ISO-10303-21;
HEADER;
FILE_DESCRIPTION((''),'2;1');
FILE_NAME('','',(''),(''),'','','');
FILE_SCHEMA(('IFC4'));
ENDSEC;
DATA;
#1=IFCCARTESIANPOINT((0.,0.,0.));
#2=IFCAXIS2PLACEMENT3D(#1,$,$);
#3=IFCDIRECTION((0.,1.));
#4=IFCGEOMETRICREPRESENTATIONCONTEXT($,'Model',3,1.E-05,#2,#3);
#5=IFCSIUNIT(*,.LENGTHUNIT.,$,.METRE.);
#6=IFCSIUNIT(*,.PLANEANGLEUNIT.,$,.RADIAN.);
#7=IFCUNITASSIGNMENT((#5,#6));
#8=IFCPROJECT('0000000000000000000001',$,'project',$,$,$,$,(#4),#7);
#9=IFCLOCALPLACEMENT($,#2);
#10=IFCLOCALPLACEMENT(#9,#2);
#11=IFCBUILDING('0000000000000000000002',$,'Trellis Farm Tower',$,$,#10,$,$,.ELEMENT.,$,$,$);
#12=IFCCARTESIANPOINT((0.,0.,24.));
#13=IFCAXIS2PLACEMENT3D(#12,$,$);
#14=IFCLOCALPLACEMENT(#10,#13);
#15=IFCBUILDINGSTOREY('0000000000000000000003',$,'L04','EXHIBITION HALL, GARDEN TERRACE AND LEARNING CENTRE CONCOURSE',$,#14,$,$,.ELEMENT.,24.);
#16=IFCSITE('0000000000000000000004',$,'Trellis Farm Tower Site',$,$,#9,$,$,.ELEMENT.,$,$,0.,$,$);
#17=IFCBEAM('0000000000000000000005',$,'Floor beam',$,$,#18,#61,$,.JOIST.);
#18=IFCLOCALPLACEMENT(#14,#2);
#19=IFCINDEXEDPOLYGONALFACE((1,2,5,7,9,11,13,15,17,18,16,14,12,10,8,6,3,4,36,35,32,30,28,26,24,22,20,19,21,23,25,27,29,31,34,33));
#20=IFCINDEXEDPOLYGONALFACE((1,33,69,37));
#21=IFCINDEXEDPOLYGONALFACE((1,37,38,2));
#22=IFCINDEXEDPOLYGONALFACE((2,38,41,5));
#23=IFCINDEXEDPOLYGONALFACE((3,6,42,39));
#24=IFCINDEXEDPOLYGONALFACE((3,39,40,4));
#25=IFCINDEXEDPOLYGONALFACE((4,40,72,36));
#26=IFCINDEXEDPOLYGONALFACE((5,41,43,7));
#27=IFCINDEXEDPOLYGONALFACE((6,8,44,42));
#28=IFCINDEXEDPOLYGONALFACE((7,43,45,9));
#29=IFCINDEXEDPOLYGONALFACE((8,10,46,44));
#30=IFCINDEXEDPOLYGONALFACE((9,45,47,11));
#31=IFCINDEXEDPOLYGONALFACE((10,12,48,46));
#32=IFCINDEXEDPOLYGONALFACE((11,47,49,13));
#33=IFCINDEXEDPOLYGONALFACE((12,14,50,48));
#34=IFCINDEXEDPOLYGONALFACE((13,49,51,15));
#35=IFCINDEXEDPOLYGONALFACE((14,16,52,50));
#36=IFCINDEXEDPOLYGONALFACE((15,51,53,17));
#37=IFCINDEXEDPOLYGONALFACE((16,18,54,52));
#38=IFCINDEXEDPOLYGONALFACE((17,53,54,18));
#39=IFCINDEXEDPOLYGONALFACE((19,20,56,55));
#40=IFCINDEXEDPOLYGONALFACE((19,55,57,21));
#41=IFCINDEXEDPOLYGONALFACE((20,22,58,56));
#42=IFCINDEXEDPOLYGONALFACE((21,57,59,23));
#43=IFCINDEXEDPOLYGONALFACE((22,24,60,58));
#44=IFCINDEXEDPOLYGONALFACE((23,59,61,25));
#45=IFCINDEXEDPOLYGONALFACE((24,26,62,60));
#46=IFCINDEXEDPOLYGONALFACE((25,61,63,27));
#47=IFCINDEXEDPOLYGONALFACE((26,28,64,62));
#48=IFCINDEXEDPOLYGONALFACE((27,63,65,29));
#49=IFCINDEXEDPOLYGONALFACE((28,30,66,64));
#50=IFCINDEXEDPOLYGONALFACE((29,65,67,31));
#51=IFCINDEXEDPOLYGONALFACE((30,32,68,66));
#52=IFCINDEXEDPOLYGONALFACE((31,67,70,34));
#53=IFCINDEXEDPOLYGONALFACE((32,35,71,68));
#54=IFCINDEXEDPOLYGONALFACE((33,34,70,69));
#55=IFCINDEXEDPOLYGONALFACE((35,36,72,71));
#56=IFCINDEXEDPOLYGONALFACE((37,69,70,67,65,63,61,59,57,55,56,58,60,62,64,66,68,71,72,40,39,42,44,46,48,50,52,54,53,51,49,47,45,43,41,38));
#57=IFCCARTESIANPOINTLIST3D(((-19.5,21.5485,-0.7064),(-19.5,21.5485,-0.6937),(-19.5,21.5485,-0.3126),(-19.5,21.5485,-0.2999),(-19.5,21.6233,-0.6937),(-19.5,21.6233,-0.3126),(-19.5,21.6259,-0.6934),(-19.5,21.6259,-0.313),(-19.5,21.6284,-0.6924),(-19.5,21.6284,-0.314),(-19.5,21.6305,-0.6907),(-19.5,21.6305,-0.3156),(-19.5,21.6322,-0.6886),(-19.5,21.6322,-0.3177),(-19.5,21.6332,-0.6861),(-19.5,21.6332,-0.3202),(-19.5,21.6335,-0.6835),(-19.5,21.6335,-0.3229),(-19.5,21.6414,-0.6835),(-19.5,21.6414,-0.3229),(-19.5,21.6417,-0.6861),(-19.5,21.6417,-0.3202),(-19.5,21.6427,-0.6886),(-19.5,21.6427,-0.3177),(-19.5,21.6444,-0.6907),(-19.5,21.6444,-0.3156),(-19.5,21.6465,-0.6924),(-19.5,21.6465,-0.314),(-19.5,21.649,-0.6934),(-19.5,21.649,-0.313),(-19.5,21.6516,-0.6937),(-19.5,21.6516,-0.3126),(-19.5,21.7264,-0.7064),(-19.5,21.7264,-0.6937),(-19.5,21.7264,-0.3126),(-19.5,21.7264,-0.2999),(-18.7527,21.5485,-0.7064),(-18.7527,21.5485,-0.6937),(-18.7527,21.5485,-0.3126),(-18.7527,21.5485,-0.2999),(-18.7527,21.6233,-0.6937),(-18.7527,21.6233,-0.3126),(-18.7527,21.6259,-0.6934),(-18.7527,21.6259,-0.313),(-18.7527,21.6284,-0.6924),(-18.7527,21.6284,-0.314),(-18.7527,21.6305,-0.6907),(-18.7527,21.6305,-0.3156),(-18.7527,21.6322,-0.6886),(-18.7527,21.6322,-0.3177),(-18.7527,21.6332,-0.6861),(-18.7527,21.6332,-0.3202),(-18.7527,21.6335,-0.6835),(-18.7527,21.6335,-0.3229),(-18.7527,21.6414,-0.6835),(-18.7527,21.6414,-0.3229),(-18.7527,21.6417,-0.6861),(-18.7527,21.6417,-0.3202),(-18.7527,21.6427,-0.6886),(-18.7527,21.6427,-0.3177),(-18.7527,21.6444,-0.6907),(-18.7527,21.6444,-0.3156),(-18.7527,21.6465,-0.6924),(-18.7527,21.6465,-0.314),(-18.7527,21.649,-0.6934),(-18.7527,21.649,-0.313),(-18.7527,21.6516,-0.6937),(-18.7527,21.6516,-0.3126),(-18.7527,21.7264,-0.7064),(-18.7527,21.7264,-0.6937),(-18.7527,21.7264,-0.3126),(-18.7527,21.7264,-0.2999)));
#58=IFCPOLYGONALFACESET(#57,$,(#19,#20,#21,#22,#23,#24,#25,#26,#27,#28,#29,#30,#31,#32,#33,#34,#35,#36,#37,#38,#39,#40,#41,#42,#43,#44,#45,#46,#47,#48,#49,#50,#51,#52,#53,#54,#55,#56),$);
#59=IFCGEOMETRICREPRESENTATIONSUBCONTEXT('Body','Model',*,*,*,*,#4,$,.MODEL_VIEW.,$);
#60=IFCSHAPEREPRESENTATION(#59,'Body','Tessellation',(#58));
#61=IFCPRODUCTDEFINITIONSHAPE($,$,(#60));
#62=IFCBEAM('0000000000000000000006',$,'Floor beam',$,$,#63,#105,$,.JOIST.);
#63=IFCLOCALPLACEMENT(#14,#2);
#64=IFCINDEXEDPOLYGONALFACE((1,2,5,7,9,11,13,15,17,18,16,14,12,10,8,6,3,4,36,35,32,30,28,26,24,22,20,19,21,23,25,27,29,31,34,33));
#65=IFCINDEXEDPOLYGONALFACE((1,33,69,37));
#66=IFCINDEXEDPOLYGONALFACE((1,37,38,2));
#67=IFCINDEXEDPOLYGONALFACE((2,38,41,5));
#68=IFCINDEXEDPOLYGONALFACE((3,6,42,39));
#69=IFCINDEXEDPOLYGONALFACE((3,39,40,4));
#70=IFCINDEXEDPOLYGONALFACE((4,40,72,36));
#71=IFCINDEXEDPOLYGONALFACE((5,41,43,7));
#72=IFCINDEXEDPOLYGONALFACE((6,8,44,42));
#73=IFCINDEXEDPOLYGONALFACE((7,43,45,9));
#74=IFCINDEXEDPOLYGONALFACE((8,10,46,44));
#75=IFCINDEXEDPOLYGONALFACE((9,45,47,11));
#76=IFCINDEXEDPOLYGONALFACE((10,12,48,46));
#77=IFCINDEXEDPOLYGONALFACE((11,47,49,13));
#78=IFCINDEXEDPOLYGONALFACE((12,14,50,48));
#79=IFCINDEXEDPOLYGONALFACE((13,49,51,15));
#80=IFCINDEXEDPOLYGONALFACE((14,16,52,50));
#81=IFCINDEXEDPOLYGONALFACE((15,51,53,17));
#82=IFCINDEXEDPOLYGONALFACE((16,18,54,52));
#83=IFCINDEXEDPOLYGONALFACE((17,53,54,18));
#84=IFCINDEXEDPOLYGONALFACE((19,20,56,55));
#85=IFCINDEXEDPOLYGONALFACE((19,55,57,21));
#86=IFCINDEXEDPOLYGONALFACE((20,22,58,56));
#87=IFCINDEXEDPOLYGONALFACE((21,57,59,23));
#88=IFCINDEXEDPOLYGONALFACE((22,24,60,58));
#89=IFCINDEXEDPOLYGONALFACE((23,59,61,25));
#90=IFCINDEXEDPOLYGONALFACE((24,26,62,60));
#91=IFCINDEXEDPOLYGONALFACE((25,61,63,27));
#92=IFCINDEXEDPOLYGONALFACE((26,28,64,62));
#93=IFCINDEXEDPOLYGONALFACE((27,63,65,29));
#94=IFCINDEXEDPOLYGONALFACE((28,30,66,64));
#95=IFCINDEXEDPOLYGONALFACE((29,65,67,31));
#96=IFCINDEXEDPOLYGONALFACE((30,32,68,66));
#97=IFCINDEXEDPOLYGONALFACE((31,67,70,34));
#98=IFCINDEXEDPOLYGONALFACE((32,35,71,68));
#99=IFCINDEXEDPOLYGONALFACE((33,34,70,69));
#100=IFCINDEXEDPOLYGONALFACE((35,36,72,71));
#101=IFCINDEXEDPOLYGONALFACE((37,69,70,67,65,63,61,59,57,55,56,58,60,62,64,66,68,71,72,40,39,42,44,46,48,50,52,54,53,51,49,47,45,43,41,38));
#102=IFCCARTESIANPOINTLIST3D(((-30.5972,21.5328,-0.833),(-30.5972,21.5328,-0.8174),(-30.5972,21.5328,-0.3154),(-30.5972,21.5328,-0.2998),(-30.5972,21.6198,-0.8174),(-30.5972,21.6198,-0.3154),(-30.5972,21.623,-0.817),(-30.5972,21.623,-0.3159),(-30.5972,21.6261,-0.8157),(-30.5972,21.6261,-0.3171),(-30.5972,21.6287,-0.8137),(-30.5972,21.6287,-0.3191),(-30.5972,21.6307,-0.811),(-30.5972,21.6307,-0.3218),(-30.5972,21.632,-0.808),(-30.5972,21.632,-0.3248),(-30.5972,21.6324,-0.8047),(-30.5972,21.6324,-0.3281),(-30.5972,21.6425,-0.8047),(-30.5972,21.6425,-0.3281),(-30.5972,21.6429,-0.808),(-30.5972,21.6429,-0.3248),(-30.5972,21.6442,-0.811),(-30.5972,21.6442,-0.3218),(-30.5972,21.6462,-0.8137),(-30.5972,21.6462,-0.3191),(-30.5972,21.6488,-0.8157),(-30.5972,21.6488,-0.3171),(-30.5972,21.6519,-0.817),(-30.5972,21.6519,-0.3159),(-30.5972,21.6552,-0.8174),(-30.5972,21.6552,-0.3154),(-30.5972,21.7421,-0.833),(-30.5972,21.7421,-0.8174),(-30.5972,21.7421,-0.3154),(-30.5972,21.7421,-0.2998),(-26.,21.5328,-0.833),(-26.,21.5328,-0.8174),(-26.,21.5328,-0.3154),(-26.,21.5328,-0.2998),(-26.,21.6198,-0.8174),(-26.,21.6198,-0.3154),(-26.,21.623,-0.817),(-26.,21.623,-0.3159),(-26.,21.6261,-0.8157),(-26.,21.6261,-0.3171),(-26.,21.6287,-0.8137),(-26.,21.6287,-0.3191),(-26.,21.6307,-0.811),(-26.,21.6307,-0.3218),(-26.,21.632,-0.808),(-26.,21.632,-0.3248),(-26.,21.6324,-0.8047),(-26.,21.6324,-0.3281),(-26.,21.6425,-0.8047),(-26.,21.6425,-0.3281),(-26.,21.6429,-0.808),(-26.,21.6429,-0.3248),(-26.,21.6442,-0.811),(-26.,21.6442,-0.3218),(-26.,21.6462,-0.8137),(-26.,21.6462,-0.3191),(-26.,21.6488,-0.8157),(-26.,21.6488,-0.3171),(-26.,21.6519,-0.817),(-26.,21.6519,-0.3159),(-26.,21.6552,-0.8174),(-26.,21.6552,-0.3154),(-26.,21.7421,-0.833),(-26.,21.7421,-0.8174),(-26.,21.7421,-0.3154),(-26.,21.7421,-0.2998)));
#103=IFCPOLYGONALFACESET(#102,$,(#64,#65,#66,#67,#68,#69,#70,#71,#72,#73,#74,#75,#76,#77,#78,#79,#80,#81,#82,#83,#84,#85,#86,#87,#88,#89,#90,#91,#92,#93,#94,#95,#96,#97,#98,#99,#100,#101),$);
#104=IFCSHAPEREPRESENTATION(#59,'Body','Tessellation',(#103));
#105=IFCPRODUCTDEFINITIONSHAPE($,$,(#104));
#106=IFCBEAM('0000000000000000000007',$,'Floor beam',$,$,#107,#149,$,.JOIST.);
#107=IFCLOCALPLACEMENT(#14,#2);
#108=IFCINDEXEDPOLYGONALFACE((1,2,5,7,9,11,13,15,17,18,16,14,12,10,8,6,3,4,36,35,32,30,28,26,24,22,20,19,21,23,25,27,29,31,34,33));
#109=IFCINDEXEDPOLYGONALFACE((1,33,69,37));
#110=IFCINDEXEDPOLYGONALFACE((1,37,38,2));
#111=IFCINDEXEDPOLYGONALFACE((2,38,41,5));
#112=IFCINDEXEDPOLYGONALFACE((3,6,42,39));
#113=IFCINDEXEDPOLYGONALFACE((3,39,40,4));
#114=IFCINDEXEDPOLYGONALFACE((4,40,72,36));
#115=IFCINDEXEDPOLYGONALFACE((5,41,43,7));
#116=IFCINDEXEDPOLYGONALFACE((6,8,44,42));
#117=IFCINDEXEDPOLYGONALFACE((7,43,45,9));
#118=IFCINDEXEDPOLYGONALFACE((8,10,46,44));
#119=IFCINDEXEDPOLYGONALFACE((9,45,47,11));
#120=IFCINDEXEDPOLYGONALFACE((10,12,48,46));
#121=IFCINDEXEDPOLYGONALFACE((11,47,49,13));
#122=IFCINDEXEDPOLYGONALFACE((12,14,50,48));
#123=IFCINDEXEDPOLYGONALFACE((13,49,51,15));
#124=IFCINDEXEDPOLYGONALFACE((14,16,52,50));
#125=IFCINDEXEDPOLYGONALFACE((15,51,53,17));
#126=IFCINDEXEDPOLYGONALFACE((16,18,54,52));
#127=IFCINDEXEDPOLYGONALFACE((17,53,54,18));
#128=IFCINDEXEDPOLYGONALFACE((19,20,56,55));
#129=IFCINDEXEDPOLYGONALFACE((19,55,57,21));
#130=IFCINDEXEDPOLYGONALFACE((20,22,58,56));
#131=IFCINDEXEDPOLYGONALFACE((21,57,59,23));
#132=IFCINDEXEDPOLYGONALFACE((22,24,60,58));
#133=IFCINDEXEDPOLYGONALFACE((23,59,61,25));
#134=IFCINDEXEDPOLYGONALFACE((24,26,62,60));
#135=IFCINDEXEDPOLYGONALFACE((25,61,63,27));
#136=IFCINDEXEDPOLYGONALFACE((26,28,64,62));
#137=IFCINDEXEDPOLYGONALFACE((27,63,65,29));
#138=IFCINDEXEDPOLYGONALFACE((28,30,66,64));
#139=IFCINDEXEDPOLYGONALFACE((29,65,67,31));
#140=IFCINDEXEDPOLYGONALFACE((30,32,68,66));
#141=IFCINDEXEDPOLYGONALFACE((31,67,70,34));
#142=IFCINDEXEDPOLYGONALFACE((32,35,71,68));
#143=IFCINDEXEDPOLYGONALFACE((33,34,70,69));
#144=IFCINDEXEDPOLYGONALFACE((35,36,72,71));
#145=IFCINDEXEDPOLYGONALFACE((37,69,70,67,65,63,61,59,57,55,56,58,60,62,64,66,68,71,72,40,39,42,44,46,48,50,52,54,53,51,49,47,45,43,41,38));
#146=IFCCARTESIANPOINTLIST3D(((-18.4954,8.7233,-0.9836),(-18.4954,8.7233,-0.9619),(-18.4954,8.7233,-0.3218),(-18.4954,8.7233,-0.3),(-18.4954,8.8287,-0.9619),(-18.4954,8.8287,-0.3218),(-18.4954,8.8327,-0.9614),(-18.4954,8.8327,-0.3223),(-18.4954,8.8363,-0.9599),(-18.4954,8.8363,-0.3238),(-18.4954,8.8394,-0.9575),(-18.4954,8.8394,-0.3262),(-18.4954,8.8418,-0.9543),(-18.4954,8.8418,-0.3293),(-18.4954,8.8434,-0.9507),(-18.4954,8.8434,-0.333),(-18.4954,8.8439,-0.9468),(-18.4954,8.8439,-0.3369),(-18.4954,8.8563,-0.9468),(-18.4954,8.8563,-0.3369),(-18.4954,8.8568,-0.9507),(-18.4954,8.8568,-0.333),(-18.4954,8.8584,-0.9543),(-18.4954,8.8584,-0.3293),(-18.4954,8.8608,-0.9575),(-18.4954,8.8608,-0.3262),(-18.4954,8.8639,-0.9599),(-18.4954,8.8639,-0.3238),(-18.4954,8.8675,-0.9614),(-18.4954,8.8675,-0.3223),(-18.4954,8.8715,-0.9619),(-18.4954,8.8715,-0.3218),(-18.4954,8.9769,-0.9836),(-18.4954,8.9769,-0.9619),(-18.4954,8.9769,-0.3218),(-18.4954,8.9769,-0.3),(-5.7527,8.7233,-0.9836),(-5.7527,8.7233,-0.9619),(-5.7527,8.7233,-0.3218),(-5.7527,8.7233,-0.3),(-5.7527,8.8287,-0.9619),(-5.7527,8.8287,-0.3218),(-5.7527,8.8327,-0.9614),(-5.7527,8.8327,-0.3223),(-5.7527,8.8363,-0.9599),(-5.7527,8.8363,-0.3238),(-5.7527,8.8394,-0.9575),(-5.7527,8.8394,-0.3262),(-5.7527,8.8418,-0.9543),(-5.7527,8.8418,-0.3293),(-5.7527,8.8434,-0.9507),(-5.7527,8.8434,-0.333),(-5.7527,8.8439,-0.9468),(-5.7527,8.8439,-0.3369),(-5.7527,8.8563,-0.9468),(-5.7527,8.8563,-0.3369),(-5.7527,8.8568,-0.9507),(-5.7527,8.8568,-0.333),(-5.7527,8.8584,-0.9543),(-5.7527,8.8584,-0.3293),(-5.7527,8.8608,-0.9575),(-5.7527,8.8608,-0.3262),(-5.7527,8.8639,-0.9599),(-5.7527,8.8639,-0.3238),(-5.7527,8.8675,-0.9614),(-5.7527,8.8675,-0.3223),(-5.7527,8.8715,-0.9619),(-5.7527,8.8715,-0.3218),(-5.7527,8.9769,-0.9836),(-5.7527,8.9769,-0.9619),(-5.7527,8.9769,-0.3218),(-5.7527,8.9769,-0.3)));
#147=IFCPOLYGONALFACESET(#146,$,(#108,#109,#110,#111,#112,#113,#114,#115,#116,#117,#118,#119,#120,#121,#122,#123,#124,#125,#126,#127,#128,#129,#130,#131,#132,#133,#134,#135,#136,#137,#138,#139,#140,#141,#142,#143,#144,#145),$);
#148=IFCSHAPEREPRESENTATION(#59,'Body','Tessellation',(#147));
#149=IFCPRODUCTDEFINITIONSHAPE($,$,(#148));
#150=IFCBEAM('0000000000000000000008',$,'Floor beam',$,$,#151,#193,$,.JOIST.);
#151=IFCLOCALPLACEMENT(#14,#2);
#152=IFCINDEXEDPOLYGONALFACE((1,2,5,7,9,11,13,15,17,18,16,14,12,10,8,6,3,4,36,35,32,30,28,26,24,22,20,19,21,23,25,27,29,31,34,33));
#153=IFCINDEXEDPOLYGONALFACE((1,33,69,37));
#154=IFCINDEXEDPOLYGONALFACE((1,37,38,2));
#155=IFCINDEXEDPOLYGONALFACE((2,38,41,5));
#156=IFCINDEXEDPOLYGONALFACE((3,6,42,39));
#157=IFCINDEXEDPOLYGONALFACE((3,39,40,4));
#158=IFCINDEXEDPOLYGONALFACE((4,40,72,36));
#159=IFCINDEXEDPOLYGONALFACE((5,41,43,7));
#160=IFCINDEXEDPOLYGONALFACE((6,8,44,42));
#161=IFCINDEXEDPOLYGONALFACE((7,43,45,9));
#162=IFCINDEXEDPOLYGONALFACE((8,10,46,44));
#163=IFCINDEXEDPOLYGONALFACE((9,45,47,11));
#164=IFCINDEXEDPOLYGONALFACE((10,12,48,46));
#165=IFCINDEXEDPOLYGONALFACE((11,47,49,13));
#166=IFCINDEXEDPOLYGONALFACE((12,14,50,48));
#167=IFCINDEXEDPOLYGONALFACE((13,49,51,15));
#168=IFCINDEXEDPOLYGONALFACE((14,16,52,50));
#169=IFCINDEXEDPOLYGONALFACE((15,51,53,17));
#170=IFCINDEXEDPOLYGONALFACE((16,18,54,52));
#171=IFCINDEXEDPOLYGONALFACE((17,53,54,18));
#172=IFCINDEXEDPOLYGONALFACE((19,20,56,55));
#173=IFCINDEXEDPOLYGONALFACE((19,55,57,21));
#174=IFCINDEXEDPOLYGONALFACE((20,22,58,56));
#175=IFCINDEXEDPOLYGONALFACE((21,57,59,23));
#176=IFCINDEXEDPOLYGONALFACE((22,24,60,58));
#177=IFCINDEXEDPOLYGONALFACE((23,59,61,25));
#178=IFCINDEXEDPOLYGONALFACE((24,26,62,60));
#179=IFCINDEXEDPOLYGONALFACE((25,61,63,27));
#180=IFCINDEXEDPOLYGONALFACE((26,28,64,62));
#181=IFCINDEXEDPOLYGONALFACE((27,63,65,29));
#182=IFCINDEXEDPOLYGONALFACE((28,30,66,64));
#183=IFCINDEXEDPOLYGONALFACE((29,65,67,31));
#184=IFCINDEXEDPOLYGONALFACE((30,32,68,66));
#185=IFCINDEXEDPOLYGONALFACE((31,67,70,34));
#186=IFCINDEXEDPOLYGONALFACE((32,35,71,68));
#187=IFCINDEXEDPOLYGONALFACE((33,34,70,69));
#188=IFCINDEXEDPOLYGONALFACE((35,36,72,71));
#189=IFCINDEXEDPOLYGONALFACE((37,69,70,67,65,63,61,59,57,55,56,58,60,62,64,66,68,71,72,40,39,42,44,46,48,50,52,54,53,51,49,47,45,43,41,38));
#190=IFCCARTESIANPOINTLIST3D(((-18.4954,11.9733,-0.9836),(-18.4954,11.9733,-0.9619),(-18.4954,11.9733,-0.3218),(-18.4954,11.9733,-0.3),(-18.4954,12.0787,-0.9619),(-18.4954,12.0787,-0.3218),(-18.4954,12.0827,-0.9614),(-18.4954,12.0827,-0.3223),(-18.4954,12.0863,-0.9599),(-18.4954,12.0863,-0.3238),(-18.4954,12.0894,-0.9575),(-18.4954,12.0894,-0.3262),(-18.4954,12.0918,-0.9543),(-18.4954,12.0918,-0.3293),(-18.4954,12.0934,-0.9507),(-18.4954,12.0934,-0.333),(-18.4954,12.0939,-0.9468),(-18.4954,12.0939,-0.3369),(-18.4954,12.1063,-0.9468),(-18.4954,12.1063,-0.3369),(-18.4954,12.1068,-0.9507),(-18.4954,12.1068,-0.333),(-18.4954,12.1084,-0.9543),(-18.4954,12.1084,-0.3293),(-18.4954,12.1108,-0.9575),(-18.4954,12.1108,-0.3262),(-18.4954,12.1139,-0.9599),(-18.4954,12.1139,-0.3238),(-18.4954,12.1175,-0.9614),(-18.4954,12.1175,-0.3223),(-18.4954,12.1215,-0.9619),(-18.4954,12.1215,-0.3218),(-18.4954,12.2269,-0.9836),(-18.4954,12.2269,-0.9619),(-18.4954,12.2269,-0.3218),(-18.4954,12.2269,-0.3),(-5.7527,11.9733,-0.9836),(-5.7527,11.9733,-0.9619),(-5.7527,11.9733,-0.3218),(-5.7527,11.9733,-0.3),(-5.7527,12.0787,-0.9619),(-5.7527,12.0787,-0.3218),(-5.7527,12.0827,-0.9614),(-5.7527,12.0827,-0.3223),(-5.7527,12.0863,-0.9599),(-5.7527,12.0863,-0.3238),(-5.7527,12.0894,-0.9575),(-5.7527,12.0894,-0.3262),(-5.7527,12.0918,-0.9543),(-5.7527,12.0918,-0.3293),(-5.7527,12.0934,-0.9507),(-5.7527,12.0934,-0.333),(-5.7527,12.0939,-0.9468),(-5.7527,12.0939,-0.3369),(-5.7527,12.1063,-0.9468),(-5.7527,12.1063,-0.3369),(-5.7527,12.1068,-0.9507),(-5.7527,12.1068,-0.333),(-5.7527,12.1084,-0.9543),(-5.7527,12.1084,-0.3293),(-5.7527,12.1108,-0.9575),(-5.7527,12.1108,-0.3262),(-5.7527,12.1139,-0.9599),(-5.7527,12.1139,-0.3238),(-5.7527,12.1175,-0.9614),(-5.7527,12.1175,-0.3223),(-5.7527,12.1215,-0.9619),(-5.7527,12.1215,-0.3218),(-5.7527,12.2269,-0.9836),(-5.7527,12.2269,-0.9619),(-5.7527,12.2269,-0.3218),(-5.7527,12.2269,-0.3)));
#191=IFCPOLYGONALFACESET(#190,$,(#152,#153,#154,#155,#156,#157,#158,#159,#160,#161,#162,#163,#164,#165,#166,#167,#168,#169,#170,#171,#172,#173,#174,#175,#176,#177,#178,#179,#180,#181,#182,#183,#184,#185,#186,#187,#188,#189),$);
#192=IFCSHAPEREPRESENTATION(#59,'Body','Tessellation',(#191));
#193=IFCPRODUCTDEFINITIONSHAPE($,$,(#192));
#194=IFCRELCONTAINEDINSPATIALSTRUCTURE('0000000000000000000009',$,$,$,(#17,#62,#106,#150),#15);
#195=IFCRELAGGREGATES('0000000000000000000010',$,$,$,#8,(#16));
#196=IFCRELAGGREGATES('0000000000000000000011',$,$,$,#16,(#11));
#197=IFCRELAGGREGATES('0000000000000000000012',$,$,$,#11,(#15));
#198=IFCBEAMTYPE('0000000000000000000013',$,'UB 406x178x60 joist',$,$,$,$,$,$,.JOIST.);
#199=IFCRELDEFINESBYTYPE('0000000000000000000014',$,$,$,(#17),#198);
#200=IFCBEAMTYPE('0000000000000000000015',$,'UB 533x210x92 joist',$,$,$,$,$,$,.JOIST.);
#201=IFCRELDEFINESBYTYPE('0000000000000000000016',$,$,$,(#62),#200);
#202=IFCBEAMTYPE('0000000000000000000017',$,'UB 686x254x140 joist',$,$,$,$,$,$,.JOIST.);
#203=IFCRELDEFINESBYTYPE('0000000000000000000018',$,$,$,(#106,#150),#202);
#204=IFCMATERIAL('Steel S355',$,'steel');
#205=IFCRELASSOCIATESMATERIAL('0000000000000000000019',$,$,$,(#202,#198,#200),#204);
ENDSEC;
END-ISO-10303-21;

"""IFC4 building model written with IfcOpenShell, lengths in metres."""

from ifc_helpers import new_model, si_unit, direction, frame, origin, origin_2d, place, context, subcontext, project, spatial, i_section, extrude, source, transform, mapped, material, material_profile, profile_set, type_object, element, save


model = new_model("IFC4")

# Units and contexts
model_context = context("Model", 3, precision=1e-05, world=origin(), true_north=direction((0.0, 1.0)))
body_context = subcontext(model_context, "Body", "Model", "MODEL_VIEW")
ifc_project = project(units=[si_unit("LENGTHUNIT", "METRE"), si_unit("PLANEANGLEUNIT", "RADIAN")], contexts=[model_context])

# Site, building, storey
site_placement = place(None, origin())
site = spatial("IfcSite", under=ifc_project, at=site_placement, Name="Trellis Farm Tower Site", CompositionType="ELEMENT", RefElevation=0.0)
building_placement = place(site_placement, origin())
building = spatial("IfcBuilding", under=site, at=building_placement, Name="Trellis Farm Tower", CompositionType="ELEMENT")
storey_placement = place(building_placement, frame((0.0, 0.0, 24.0)))
storey = spatial("IfcBuildingStorey", under=building, at=storey_placement, Name="L04", Description="EXHIBITION HALL, GARDEN TERRACE AND LEARNING CENTRE CONCOURSE", CompositionType="ELEMENT", Elevation=24.0)

# Beams
ifc_material_1 = material(Name="Steel S355", Category="steel")
ifc_material_profile_1 = material_profile(ifc_material_1, i_section(OverallWidth=0.2537, OverallDepth=0.6836, WebThickness=0.0125, FlangeThickness=0.0217, FilletRadius=0.0151, at=origin_2d()), Name="UB 686x254x140")
ifc_profile_set_1 = profile_set([ifc_material_profile_1], Name="Steel S355")
beam_type_1 = type_object("IfcBeamType", Name="UB 686x254x140 joist", PredefinedType="JOIST", material=ifc_profile_set_1)
ifc_material_profile_2 = material_profile(ifc_material_1, i_section(OverallWidth=0.178, OverallDepth=0.4065, WebThickness=0.0078, FlangeThickness=0.0127, FilletRadius=0.0103, at=origin_2d()), Name="UB 406x178x60")
ifc_profile_set_2 = profile_set([ifc_material_profile_2], Name="Steel S355")
beam_type_2 = type_object("IfcBeamType", Name="UB 406x178x60 joist", PredefinedType="JOIST", material=ifc_profile_set_2)
shared_shape_1 = source(origin(), body_context, "Body", "SweptSolid", [
    extrude(i_section(OverallWidth=0.178, OverallDepth=0.4065, WebThickness=0.0078, FlangeThickness=0.0127, FilletRadius=0.0103, at=origin_2d()), origin(), (0.0, 0.0, 1.0), 0.7473),
])
beam_1_placement = place(storey_placement, frame((-19.5, 21.6375, -0.5032), z_axis=(1.0, 0.0, 0.0), x_axis=(0.0, 1.0, 0.0)))
element("IfcBeam", 1, at=beam_1_placement, inside=storey, type_object=beam_type_2, Name="Floor beam", PredefinedType="JOIST", context=body_context, shape_type="MappedRepresentation", body=[
    mapped(shared_shape_1, transform((0.0, 0.0, 0.0))),
])
ifc_material_profile_3 = material_profile(ifc_material_1, i_section(OverallWidth=0.2092, OverallDepth=0.5332, WebThickness=0.01, FlangeThickness=0.0156, FilletRadius=0.0127, at=origin_2d()), Name="UB 533x210x92")
ifc_profile_set_3 = profile_set([ifc_material_profile_3], Name="Steel S355")
beam_type_3 = type_object("IfcBeamType", Name="UB 533x210x92 joist", PredefinedType="JOIST", material=ifc_profile_set_3)
shared_shape_2 = source(origin(), body_context, "Body", "SweptSolid", [
    extrude(i_section(OverallWidth=0.2092, OverallDepth=0.5332, WebThickness=0.01, FlangeThickness=0.0156, FilletRadius=0.0127, at=origin_2d()), origin(), (0.0, 0.0, 1.0), 4.5972),
])
beam_2_placement = place(storey_placement, frame((-30.5972, 21.6375, -0.5664), z_axis=(1.0, 0.0, 0.0), x_axis=(0.0, 1.0, 0.0)))
element("IfcBeam", 2, at=beam_2_placement, inside=storey, type_object=beam_type_3, Name="Floor beam", PredefinedType="JOIST", context=body_context, shape_type="MappedRepresentation", body=[
    mapped(shared_shape_2, transform((0.0, 0.0, 0.0))),
])
shared_shape_3 = source(origin(), body_context, "Body", "SweptSolid", [
    extrude(i_section(OverallWidth=0.2537, OverallDepth=0.6836, WebThickness=0.0125, FlangeThickness=0.0217, FilletRadius=0.0151, at=origin_2d()), origin(), (0.0, 0.0, 1.0), 12.7427),
])
for number, where, z_axis, x_axis, name in (
    (3, (-18.4954, 8.8501, -0.6418), (1.0, 0.0, 0.0), (0.0, 1.0, 0.0), "Floor beam"),
    (4, (-18.4954, 12.1001, -0.6418), (1.0, 0.0, 0.0), (0.0, 1.0, 0.0), "Floor beam"),
):
    element("IfcBeam", number, at=place(storey_placement, frame(where, z_axis=z_axis, x_axis=x_axis)), inside=storey, type_object=beam_type_1, Name=name, PredefinedType="JOIST", context=body_context, shape_type="MappedRepresentation", body=[
        mapped(shared_shape_3, transform((0.0, 0.0, 0.0))),
    ])

save(model, "model.ifc")
